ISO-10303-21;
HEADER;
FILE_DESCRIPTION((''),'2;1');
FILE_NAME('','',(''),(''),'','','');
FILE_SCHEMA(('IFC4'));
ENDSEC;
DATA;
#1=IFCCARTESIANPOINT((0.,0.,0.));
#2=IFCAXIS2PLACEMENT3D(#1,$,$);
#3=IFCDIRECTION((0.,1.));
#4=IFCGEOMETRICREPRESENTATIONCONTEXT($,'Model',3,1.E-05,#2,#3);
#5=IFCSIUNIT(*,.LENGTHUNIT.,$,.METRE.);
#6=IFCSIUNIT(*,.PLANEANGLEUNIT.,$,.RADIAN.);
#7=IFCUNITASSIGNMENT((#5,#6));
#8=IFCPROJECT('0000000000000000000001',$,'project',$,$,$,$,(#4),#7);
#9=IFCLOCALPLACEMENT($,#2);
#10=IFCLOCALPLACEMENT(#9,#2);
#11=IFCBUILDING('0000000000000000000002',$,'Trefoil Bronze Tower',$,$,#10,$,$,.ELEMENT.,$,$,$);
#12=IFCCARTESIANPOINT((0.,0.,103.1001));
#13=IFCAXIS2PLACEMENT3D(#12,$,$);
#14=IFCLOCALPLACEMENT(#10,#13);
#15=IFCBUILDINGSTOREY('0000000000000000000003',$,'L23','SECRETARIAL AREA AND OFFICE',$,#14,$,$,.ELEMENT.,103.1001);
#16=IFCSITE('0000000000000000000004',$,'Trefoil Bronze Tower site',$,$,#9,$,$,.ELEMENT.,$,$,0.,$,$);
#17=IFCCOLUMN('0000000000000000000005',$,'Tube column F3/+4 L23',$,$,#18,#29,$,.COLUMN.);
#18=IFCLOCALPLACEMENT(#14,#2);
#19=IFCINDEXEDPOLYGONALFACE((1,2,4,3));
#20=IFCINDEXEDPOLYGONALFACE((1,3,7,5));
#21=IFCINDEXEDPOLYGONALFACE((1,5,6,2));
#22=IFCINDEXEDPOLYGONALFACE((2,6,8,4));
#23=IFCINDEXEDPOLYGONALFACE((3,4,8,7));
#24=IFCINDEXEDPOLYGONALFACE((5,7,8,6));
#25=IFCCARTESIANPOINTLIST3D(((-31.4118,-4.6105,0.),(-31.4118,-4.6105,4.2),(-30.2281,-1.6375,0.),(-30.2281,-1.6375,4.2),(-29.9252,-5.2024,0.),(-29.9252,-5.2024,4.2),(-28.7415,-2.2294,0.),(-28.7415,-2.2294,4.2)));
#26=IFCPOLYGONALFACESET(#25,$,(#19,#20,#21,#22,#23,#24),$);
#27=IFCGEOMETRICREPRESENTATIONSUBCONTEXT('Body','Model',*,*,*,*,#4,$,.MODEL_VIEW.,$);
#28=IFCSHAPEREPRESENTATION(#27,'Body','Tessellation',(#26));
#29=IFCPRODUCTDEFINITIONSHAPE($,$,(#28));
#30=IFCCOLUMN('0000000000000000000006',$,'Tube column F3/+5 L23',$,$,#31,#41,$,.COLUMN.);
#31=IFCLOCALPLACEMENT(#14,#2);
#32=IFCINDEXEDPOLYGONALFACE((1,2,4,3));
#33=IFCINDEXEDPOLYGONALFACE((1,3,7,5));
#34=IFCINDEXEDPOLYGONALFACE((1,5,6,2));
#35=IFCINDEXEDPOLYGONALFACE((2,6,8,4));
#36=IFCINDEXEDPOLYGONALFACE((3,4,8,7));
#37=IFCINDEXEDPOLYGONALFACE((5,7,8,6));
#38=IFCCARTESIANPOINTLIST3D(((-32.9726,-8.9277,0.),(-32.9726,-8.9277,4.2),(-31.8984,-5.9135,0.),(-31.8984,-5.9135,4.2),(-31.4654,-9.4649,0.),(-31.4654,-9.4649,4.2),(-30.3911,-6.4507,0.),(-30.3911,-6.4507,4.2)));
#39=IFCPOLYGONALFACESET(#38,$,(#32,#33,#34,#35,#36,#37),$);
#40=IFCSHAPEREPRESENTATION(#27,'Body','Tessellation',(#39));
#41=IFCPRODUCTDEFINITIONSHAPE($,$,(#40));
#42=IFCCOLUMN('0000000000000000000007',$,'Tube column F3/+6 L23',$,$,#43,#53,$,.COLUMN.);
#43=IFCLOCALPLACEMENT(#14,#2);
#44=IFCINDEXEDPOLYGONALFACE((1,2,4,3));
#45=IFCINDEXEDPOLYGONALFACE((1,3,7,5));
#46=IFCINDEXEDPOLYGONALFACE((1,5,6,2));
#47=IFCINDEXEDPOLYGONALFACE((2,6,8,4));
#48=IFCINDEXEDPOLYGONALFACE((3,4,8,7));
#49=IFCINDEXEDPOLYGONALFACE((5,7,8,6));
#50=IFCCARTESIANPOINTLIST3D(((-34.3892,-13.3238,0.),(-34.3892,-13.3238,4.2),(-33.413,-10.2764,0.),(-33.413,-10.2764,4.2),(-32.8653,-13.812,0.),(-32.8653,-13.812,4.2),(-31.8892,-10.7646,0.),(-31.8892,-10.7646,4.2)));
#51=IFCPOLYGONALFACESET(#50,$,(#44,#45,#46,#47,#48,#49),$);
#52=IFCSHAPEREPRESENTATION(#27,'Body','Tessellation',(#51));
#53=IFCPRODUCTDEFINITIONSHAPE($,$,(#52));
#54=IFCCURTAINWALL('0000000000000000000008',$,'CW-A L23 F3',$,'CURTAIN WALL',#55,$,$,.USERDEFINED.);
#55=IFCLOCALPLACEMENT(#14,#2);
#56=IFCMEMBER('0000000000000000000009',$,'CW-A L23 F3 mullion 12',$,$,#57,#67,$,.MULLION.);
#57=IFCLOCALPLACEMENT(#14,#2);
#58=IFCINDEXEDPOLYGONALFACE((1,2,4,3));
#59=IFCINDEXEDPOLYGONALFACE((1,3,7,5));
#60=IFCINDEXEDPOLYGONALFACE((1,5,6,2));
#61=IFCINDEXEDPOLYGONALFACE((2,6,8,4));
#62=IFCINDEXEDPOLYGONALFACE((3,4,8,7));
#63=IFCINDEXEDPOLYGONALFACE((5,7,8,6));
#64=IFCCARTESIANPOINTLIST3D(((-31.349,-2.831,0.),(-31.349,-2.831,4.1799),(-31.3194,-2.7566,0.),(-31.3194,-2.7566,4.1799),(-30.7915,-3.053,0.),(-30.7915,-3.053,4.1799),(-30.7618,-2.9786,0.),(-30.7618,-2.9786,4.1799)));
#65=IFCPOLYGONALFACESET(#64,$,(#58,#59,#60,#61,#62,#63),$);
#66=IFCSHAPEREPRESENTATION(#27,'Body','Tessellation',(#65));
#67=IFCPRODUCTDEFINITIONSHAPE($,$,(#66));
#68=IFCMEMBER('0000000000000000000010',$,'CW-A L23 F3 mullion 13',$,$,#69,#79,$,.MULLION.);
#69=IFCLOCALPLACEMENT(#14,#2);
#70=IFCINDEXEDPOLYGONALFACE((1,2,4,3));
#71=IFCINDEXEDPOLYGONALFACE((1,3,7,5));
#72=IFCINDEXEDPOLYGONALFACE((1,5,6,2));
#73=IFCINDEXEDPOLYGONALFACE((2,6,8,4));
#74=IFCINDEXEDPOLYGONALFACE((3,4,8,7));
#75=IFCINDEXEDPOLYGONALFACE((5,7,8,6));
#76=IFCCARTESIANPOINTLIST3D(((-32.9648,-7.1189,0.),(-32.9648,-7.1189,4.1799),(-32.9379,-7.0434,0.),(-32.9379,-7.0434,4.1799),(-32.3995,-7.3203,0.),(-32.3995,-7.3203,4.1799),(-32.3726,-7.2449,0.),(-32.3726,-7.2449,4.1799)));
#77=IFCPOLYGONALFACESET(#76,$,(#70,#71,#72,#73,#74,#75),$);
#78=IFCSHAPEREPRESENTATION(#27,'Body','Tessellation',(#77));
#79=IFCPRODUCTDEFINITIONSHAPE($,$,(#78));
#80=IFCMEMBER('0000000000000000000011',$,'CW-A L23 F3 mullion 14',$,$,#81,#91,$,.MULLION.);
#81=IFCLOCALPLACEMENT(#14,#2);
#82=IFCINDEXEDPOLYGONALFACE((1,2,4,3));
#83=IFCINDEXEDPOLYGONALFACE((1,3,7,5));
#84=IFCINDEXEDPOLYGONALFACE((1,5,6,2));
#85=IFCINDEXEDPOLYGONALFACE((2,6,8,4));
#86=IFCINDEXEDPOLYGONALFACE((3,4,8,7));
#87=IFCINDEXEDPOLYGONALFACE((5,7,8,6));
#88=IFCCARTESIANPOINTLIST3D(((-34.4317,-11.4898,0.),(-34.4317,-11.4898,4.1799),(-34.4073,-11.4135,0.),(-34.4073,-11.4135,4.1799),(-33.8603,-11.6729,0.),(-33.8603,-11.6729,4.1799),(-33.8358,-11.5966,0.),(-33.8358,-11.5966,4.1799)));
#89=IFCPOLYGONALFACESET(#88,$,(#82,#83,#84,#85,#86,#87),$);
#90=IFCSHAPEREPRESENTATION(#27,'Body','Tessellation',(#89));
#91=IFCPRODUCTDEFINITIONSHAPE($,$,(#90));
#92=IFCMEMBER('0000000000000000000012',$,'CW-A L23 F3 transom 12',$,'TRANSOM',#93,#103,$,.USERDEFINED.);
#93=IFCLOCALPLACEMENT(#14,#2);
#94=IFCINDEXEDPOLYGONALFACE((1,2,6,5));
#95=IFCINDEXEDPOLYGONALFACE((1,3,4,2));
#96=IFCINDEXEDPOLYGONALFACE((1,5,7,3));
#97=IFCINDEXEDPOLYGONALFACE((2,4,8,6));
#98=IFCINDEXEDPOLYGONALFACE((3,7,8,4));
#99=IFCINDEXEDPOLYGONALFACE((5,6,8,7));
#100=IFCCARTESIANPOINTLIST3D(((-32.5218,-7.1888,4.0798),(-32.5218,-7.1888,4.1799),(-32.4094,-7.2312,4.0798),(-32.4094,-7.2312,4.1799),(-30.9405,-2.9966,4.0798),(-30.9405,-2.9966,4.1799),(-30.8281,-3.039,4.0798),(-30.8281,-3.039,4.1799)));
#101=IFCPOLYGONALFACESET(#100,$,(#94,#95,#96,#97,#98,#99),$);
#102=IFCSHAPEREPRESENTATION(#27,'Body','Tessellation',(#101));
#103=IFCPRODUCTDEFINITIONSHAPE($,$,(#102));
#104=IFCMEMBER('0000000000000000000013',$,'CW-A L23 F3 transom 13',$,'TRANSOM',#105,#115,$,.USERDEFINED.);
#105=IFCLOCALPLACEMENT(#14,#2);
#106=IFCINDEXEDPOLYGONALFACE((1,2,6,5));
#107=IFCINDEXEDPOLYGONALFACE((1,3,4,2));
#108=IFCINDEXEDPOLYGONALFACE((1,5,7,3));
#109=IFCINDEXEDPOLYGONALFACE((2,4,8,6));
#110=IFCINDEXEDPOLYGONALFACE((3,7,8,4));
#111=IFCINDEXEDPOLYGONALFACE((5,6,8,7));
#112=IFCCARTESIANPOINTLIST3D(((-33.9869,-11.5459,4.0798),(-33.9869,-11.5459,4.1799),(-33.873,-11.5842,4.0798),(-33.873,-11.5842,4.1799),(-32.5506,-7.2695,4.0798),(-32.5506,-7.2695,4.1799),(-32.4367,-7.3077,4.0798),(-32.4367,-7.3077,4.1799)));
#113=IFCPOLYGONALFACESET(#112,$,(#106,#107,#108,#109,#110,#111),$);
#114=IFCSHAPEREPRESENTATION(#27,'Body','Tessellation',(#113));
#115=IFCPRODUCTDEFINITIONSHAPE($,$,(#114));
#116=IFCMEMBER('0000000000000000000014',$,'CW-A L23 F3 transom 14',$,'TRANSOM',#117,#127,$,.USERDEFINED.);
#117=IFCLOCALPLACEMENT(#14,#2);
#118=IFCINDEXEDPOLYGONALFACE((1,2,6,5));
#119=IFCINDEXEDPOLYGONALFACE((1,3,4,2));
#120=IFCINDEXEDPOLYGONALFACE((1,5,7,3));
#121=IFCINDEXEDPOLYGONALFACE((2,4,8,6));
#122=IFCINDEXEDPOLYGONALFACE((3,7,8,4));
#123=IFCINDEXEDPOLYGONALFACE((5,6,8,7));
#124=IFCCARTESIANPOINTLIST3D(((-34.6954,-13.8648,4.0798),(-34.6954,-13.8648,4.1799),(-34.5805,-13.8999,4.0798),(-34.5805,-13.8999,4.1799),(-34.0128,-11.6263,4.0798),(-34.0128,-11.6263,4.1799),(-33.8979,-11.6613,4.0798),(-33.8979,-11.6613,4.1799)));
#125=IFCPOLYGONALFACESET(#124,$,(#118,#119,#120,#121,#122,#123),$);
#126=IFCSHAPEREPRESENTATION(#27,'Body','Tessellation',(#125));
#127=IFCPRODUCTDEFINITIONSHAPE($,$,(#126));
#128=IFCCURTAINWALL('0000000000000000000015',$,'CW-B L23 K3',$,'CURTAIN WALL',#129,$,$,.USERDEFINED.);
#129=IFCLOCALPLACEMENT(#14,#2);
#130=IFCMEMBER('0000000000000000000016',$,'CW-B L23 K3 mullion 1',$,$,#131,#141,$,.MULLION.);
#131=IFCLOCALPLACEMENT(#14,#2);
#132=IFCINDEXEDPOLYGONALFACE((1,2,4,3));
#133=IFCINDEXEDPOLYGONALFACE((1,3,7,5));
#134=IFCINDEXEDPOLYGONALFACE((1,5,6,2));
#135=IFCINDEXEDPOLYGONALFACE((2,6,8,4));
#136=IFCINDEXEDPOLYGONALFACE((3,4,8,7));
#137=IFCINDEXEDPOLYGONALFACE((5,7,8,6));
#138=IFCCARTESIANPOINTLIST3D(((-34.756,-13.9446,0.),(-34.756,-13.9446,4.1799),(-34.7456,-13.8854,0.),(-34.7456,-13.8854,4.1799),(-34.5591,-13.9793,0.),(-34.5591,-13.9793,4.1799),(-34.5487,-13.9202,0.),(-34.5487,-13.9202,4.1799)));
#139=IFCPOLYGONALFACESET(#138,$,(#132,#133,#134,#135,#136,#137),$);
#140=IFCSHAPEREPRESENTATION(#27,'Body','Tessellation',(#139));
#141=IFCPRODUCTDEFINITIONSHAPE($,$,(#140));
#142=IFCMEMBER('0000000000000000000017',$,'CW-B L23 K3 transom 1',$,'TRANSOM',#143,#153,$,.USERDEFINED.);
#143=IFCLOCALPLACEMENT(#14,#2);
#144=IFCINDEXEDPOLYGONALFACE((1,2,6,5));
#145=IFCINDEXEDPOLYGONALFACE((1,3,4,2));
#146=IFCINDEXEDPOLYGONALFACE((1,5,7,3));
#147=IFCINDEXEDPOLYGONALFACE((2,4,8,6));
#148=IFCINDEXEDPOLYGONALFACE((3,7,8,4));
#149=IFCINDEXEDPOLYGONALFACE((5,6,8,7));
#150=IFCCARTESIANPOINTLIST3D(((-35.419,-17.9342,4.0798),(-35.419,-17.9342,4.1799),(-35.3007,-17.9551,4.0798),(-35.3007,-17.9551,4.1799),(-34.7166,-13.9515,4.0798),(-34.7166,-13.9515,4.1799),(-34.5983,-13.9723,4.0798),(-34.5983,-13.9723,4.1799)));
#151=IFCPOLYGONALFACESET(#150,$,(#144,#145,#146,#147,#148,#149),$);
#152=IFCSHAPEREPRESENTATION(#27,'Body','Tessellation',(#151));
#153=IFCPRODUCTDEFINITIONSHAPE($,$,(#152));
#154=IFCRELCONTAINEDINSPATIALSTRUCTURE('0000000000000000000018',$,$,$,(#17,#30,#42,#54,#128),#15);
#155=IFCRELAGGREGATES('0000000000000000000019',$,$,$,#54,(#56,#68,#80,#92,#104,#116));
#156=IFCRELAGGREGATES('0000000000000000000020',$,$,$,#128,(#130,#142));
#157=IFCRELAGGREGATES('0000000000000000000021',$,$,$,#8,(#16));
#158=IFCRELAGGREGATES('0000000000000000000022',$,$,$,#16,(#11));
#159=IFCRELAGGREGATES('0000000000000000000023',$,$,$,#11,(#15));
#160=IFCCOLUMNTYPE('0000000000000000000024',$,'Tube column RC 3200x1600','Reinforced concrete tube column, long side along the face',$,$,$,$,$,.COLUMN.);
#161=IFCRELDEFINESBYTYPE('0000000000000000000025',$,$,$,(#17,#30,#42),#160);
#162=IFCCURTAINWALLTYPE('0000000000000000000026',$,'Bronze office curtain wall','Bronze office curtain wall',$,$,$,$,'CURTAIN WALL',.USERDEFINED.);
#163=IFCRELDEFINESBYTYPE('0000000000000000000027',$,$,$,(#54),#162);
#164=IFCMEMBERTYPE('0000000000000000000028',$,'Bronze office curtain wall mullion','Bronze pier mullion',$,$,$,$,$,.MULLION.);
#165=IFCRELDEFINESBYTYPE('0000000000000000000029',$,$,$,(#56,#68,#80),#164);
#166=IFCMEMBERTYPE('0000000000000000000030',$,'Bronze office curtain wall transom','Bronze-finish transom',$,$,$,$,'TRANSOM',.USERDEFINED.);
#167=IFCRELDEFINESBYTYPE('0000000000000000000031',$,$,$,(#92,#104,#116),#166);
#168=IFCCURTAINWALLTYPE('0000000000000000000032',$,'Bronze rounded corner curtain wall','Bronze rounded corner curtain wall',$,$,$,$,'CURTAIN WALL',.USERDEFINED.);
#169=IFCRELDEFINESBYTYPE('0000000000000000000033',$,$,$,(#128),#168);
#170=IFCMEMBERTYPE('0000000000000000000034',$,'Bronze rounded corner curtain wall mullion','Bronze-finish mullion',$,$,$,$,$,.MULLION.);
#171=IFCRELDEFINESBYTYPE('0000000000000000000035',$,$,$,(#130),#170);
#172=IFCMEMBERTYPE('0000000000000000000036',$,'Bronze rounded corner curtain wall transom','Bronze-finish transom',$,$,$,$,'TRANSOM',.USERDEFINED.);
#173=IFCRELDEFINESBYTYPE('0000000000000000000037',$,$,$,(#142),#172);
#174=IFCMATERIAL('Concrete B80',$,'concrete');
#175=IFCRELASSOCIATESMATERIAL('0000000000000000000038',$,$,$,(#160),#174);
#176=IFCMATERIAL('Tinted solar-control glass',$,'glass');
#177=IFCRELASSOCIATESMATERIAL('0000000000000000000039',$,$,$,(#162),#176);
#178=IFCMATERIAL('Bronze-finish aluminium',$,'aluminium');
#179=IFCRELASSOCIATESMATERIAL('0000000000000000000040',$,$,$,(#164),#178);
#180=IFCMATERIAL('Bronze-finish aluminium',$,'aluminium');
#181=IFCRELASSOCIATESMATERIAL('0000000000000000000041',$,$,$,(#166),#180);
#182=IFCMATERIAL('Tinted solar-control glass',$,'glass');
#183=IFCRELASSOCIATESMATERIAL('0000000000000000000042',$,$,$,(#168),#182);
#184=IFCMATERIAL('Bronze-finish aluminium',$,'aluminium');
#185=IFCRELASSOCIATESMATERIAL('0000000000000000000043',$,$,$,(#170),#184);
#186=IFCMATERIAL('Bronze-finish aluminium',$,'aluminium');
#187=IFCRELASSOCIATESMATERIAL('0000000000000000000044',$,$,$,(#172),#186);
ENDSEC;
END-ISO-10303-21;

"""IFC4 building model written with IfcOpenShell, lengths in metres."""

from ifc_helpers import new_model, si_unit, direction, frame, origin, origin_2d, place, context, subcontext, project, spatial, rectangle, extrude, material, material_profile, profile_set, type_object, element, aggregate, save


model = new_model("IFC4")

# Units and contexts
model_context = context("Model", 3, precision=1e-05, world=origin(), true_north=direction((0.0, 1.0)))
body_context = subcontext(model_context, "Body", "Model", "MODEL_VIEW")
ifc_project = project(units=[si_unit("LENGTHUNIT", "METRE"), si_unit("PLANEANGLEUNIT", "RADIAN")], contexts=[model_context])

# Site, building, storey
site_placement = place(None, origin())
site = spatial("IfcSite", under=ifc_project, at=site_placement, Name="Trefoil Bronze Tower site", CompositionType="ELEMENT", RefElevation=0.0)
building_placement = place(site_placement, origin())
building = spatial("IfcBuilding", under=site, at=building_placement, Name="Trefoil Bronze Tower", CompositionType="ELEMENT")
storey_placement = place(building_placement, frame((0.0, 0.0, 103.1001)))
storey = spatial("IfcBuildingStorey", under=building, at=storey_placement, Name="L23", Description="SECRETARIAL AREA AND OFFICE", CompositionType="ELEMENT", Elevation=103.1001)

# Columns
ifc_material_1 = material(Name="Concrete B80", Category="concrete")
ifc_material_profile_1 = material_profile(ifc_material_1, rectangle(XDim=3.2, YDim=1.6001, at=origin_2d()), Name="RC 3200x1600")
ifc_profile_set_1 = profile_set([ifc_material_profile_1], Name="Concrete B80")
column_type = type_object("IfcColumnType", Name="Tube column RC 3200x1600", Description="Reinforced concrete tube column, long side along the face", PredefinedType="COLUMN", material=ifc_profile_set_1)
for number, where, z_axis, x_axis, name in (
    (1, (-30.0767, -3.4199, 0.0), (0.0, 0.0, 1.0), (-0.369901, -0.929071, 0.0), "Tube column F3/+4 L23"),
    (2, (-31.6819, -7.6892, 0.0), (0.0, 0.0, 1.0), (-0.335718, -0.941963, 0.0), "Tube column F3/+5 L23"),
    (3, (-33.1392, -12.0442, 0.0), (0.0, 0.0, 1.0), (-0.305066, -0.952331, 0.0), "Tube column F3/+6 L23"),
):
    element("IfcColumn", number, at=place(storey_placement, frame(where, z_axis=z_axis, x_axis=x_axis)), inside=storey, type_object=column_type, Name=name, PredefinedType="COLUMN", context=body_context, shape_type="SweptSolid", body=[
        extrude(rectangle(XDim=3.2, YDim=1.6001, at=origin_2d()), origin(), (0.0, 0.0, 1.0), 4.2),
    ])

# Curtain walls, members
ifc_material_2 = material(Name="Tinted solar-control glass", Category="glass")
curtain_wall_type_1 = type_object("IfcCurtainWallType", Name="Bronze office curtain wall", Description="Bronze office curtain wall", ElementType="CURTAIN WALL", PredefinedType="USERDEFINED", material=ifc_material_2)
curtain_wall_1_placement = place(storey_placement, origin())
curtain_wall_1 = element("IfcCurtainWall", 4, at=curtain_wall_1_placement, inside=storey, type_object=curtain_wall_type_1, Name="CW-A L23 F3", ObjectType="CURTAIN WALL", PredefinedType="USERDEFINED")
ifc_material_3 = material(Name="Bronze-finish aluminium", Category="aluminium")
ifc_material_profile_2 = material_profile(ifc_material_3, rectangle(XDim=0.6001, YDim=0.0801, at=origin_2d()), Name="CW-A mullion")
ifc_profile_set_2 = profile_set([ifc_material_profile_2], Name="Bronze-finish aluminium")
member_type_1 = type_object("IfcMemberType", Name="Bronze office curtain wall mullion", Description="Bronze pier mullion", PredefinedType="MULLION", material=ifc_profile_set_2)
member_1_placement = place(storey_placement, frame((-31.0554, -2.9048, 0.0), z_axis=(0.0, 0.0, 1.0), x_axis=(0.929071, -0.369901, 0.0)))
member_1 = element("IfcMember", 5, at=member_1_placement, type_object=member_type_1, Name="CW-A L23 F3 mullion 12", PredefinedType="MULLION", context=body_context, shape_type="SweptSolid", body=[
    extrude(rectangle(XDim=0.6001, YDim=0.0801, at=origin_2d()), origin(), (0.0, 0.0, 1.0), 4.1799),
])
member_2_placement = place(storey_placement, frame((-32.6687, -7.1819, 0.0), z_axis=(0.0, 0.0, 1.0), x_axis=(0.941963, -0.335718, 0.0)))
member_2 = element("IfcMember", 6, at=member_2_placement, type_object=member_type_1, Name="CW-A L23 F3 mullion 13", PredefinedType="MULLION", context=body_context, shape_type="SweptSolid", body=[
    extrude(rectangle(XDim=0.6001, YDim=0.0801, at=origin_2d()), origin(), (0.0, 0.0, 1.0), 4.1799),
])
member_3_placement = place(storey_placement, frame((-34.1338, -11.5432, 0.0), z_axis=(0.0, 0.0, 1.0), x_axis=(0.952331, -0.305066, 0.0)))
member_3 = element("IfcMember", 7, at=member_3_placement, type_object=member_type_1, Name="CW-A L23 F3 mullion 14", PredefinedType="MULLION", context=body_context, shape_type="SweptSolid", body=[
    extrude(rectangle(XDim=0.6001, YDim=0.0801, at=origin_2d()), origin(), (0.0, 0.0, 1.0), 4.1799),
])
ifc_material_4 = material(Name="Bronze-finish aluminium", Category="aluminium")
ifc_material_profile_3 = material_profile(ifc_material_4, rectangle(XDim=0.1201, YDim=0.1001, at=origin_2d()), Name="CW-A transom")
ifc_profile_set_3 = profile_set([ifc_material_profile_3], Name="Bronze-finish aluminium")
member_type_2 = type_object("IfcMemberType", Name="Bronze office curtain wall transom", Description="Bronze-finish transom", ElementType="TRANSOM", PredefinedType="USERDEFINED", material=ifc_profile_set_3)
member_4_placement = place(storey_placement, frame((-30.8843, -3.0178, 4.1299), z_axis=(-0.352932, -0.935649, 0.0), x_axis=(0.935649, -0.352932, 0.0)))
member_4 = element("IfcMember", 8, at=member_4_placement, type_object=member_type_2, Name="CW-A L23 F3 transom 12", ObjectType="TRANSOM", PredefinedType="USERDEFINED", context=body_context, shape_type="SweptSolid", body=[
    extrude(rectangle(XDim=0.1201, YDim=0.1001, at=origin_2d()), origin(), (0.0, 0.0, 1.0), 4.4805),
])
member_5_placement = place(storey_placement, frame((-32.4937, -7.2886, 4.1299), z_axis=(-0.318386, -0.947961, 0.0), x_axis=(0.947961, -0.318386, 0.0)))
member_5 = element("IfcMember", 9, at=member_5_placement, type_object=member_type_2, Name="CW-A L23 F3 transom 13", ObjectType="TRANSOM", PredefinedType="USERDEFINED", context=body_context, shape_type="SweptSolid", body=[
    extrude(rectangle(XDim=0.1201, YDim=0.1001, at=origin_2d()), origin(), (0.0, 0.0, 1.0), 4.5112),
])
member_6_placement = place(storey_placement, frame((-33.9553, -11.6438, 4.1299), z_axis=(-0.29168, -0.956516, 0.0), x_axis=(0.956516, -0.29168, 0.0)))
member_6 = element("IfcMember", 10, at=member_6_placement, type_object=member_type_2, Name="CW-A L23 F3 transom 14", ObjectType="TRANSOM", PredefinedType="USERDEFINED", context=body_context, shape_type="SweptSolid", body=[
    extrude(rectangle(XDim=0.1201, YDim=0.1001, at=origin_2d()), origin(), (0.0, 0.0, 1.0), 2.3403),
])
ifc_material_5 = material(Name="Tinted solar-control glass", Category="glass")
curtain_wall_type_2 = type_object("IfcCurtainWallType", Name="Bronze rounded corner curtain wall", Description="Bronze rounded corner curtain wall", ElementType="CURTAIN WALL", PredefinedType="USERDEFINED", material=ifc_material_5)
curtain_wall_2_placement = place(storey_placement, origin())
curtain_wall_2 = element("IfcCurtainWall", 11, at=curtain_wall_2_placement, inside=storey, type_object=curtain_wall_type_2, Name="CW-B L23 K3", ObjectType="CURTAIN WALL", PredefinedType="USERDEFINED")
ifc_material_6 = material(Name="Bronze-finish aluminium", Category="aluminium")
ifc_material_profile_4 = material_profile(ifc_material_6, rectangle(XDim=0.2, YDim=0.0601, at=origin_2d()), Name="CW-B mullion")
ifc_profile_set_4 = profile_set([ifc_material_profile_4], Name="Bronze-finish aluminium")
member_type_3 = type_object("IfcMemberType", Name="Bronze rounded corner curtain wall mullion", Description="Bronze-finish mullion", PredefinedType="MULLION", material=ifc_profile_set_4)
member_7_placement = place(storey_placement, frame((-34.6523, -13.9324, 0.0), z_axis=(0.0, 0.0, 1.0), x_axis=(0.984808, -0.173648, 0.0)))
member_7 = element("IfcMember", 12, at=member_7_placement, type_object=member_type_3, Name="CW-B L23 K3 mullion 1", PredefinedType="MULLION", context=body_context, shape_type="SweptSolid", body=[
    extrude(rectangle(XDim=0.2, YDim=0.0601, at=origin_2d()), origin(), (0.0, 0.0, 1.0), 4.1799),
])
ifc_material_7 = material(Name="Bronze-finish aluminium", Category="aluminium")
ifc_material_profile_5 = material_profile(ifc_material_7, rectangle(XDim=0.1201, YDim=0.1001, at=origin_2d()), Name="CW-B transom")
ifc_profile_set_5 = profile_set([ifc_material_profile_5], Name="Bronze-finish aluminium")
member_type_4 = type_object("IfcMemberType", Name="Bronze rounded corner curtain wall transom", Description="Bronze-finish transom", ElementType="TRANSOM", PredefinedType="USERDEFINED", material=ifc_profile_set_5)
member_8_placement = place(storey_placement, frame((-34.6575, -13.9619, 4.1299), z_axis=(-0.173682, -0.984802, 0.0), x_axis=(0.984802, -0.173682, 0.0)))
member_8 = element("IfcMember", 13, at=member_8_placement, type_object=member_type_4, Name="CW-B L23 K3 transom 1", ObjectType="TRANSOM", PredefinedType="USERDEFINED", context=body_context, shape_type="SweptSolid", body=[
    extrude(rectangle(XDim=0.1201, YDim=0.1001, at=origin_2d()), origin(), (0.0, 0.0, 1.0), 4.0442),
])

aggregate(curtain_wall_1, [member_1, member_2, member_3, member_4, member_5, member_6])
aggregate(curtain_wall_2, [member_7, member_8])

save(model, "model.ifc")
